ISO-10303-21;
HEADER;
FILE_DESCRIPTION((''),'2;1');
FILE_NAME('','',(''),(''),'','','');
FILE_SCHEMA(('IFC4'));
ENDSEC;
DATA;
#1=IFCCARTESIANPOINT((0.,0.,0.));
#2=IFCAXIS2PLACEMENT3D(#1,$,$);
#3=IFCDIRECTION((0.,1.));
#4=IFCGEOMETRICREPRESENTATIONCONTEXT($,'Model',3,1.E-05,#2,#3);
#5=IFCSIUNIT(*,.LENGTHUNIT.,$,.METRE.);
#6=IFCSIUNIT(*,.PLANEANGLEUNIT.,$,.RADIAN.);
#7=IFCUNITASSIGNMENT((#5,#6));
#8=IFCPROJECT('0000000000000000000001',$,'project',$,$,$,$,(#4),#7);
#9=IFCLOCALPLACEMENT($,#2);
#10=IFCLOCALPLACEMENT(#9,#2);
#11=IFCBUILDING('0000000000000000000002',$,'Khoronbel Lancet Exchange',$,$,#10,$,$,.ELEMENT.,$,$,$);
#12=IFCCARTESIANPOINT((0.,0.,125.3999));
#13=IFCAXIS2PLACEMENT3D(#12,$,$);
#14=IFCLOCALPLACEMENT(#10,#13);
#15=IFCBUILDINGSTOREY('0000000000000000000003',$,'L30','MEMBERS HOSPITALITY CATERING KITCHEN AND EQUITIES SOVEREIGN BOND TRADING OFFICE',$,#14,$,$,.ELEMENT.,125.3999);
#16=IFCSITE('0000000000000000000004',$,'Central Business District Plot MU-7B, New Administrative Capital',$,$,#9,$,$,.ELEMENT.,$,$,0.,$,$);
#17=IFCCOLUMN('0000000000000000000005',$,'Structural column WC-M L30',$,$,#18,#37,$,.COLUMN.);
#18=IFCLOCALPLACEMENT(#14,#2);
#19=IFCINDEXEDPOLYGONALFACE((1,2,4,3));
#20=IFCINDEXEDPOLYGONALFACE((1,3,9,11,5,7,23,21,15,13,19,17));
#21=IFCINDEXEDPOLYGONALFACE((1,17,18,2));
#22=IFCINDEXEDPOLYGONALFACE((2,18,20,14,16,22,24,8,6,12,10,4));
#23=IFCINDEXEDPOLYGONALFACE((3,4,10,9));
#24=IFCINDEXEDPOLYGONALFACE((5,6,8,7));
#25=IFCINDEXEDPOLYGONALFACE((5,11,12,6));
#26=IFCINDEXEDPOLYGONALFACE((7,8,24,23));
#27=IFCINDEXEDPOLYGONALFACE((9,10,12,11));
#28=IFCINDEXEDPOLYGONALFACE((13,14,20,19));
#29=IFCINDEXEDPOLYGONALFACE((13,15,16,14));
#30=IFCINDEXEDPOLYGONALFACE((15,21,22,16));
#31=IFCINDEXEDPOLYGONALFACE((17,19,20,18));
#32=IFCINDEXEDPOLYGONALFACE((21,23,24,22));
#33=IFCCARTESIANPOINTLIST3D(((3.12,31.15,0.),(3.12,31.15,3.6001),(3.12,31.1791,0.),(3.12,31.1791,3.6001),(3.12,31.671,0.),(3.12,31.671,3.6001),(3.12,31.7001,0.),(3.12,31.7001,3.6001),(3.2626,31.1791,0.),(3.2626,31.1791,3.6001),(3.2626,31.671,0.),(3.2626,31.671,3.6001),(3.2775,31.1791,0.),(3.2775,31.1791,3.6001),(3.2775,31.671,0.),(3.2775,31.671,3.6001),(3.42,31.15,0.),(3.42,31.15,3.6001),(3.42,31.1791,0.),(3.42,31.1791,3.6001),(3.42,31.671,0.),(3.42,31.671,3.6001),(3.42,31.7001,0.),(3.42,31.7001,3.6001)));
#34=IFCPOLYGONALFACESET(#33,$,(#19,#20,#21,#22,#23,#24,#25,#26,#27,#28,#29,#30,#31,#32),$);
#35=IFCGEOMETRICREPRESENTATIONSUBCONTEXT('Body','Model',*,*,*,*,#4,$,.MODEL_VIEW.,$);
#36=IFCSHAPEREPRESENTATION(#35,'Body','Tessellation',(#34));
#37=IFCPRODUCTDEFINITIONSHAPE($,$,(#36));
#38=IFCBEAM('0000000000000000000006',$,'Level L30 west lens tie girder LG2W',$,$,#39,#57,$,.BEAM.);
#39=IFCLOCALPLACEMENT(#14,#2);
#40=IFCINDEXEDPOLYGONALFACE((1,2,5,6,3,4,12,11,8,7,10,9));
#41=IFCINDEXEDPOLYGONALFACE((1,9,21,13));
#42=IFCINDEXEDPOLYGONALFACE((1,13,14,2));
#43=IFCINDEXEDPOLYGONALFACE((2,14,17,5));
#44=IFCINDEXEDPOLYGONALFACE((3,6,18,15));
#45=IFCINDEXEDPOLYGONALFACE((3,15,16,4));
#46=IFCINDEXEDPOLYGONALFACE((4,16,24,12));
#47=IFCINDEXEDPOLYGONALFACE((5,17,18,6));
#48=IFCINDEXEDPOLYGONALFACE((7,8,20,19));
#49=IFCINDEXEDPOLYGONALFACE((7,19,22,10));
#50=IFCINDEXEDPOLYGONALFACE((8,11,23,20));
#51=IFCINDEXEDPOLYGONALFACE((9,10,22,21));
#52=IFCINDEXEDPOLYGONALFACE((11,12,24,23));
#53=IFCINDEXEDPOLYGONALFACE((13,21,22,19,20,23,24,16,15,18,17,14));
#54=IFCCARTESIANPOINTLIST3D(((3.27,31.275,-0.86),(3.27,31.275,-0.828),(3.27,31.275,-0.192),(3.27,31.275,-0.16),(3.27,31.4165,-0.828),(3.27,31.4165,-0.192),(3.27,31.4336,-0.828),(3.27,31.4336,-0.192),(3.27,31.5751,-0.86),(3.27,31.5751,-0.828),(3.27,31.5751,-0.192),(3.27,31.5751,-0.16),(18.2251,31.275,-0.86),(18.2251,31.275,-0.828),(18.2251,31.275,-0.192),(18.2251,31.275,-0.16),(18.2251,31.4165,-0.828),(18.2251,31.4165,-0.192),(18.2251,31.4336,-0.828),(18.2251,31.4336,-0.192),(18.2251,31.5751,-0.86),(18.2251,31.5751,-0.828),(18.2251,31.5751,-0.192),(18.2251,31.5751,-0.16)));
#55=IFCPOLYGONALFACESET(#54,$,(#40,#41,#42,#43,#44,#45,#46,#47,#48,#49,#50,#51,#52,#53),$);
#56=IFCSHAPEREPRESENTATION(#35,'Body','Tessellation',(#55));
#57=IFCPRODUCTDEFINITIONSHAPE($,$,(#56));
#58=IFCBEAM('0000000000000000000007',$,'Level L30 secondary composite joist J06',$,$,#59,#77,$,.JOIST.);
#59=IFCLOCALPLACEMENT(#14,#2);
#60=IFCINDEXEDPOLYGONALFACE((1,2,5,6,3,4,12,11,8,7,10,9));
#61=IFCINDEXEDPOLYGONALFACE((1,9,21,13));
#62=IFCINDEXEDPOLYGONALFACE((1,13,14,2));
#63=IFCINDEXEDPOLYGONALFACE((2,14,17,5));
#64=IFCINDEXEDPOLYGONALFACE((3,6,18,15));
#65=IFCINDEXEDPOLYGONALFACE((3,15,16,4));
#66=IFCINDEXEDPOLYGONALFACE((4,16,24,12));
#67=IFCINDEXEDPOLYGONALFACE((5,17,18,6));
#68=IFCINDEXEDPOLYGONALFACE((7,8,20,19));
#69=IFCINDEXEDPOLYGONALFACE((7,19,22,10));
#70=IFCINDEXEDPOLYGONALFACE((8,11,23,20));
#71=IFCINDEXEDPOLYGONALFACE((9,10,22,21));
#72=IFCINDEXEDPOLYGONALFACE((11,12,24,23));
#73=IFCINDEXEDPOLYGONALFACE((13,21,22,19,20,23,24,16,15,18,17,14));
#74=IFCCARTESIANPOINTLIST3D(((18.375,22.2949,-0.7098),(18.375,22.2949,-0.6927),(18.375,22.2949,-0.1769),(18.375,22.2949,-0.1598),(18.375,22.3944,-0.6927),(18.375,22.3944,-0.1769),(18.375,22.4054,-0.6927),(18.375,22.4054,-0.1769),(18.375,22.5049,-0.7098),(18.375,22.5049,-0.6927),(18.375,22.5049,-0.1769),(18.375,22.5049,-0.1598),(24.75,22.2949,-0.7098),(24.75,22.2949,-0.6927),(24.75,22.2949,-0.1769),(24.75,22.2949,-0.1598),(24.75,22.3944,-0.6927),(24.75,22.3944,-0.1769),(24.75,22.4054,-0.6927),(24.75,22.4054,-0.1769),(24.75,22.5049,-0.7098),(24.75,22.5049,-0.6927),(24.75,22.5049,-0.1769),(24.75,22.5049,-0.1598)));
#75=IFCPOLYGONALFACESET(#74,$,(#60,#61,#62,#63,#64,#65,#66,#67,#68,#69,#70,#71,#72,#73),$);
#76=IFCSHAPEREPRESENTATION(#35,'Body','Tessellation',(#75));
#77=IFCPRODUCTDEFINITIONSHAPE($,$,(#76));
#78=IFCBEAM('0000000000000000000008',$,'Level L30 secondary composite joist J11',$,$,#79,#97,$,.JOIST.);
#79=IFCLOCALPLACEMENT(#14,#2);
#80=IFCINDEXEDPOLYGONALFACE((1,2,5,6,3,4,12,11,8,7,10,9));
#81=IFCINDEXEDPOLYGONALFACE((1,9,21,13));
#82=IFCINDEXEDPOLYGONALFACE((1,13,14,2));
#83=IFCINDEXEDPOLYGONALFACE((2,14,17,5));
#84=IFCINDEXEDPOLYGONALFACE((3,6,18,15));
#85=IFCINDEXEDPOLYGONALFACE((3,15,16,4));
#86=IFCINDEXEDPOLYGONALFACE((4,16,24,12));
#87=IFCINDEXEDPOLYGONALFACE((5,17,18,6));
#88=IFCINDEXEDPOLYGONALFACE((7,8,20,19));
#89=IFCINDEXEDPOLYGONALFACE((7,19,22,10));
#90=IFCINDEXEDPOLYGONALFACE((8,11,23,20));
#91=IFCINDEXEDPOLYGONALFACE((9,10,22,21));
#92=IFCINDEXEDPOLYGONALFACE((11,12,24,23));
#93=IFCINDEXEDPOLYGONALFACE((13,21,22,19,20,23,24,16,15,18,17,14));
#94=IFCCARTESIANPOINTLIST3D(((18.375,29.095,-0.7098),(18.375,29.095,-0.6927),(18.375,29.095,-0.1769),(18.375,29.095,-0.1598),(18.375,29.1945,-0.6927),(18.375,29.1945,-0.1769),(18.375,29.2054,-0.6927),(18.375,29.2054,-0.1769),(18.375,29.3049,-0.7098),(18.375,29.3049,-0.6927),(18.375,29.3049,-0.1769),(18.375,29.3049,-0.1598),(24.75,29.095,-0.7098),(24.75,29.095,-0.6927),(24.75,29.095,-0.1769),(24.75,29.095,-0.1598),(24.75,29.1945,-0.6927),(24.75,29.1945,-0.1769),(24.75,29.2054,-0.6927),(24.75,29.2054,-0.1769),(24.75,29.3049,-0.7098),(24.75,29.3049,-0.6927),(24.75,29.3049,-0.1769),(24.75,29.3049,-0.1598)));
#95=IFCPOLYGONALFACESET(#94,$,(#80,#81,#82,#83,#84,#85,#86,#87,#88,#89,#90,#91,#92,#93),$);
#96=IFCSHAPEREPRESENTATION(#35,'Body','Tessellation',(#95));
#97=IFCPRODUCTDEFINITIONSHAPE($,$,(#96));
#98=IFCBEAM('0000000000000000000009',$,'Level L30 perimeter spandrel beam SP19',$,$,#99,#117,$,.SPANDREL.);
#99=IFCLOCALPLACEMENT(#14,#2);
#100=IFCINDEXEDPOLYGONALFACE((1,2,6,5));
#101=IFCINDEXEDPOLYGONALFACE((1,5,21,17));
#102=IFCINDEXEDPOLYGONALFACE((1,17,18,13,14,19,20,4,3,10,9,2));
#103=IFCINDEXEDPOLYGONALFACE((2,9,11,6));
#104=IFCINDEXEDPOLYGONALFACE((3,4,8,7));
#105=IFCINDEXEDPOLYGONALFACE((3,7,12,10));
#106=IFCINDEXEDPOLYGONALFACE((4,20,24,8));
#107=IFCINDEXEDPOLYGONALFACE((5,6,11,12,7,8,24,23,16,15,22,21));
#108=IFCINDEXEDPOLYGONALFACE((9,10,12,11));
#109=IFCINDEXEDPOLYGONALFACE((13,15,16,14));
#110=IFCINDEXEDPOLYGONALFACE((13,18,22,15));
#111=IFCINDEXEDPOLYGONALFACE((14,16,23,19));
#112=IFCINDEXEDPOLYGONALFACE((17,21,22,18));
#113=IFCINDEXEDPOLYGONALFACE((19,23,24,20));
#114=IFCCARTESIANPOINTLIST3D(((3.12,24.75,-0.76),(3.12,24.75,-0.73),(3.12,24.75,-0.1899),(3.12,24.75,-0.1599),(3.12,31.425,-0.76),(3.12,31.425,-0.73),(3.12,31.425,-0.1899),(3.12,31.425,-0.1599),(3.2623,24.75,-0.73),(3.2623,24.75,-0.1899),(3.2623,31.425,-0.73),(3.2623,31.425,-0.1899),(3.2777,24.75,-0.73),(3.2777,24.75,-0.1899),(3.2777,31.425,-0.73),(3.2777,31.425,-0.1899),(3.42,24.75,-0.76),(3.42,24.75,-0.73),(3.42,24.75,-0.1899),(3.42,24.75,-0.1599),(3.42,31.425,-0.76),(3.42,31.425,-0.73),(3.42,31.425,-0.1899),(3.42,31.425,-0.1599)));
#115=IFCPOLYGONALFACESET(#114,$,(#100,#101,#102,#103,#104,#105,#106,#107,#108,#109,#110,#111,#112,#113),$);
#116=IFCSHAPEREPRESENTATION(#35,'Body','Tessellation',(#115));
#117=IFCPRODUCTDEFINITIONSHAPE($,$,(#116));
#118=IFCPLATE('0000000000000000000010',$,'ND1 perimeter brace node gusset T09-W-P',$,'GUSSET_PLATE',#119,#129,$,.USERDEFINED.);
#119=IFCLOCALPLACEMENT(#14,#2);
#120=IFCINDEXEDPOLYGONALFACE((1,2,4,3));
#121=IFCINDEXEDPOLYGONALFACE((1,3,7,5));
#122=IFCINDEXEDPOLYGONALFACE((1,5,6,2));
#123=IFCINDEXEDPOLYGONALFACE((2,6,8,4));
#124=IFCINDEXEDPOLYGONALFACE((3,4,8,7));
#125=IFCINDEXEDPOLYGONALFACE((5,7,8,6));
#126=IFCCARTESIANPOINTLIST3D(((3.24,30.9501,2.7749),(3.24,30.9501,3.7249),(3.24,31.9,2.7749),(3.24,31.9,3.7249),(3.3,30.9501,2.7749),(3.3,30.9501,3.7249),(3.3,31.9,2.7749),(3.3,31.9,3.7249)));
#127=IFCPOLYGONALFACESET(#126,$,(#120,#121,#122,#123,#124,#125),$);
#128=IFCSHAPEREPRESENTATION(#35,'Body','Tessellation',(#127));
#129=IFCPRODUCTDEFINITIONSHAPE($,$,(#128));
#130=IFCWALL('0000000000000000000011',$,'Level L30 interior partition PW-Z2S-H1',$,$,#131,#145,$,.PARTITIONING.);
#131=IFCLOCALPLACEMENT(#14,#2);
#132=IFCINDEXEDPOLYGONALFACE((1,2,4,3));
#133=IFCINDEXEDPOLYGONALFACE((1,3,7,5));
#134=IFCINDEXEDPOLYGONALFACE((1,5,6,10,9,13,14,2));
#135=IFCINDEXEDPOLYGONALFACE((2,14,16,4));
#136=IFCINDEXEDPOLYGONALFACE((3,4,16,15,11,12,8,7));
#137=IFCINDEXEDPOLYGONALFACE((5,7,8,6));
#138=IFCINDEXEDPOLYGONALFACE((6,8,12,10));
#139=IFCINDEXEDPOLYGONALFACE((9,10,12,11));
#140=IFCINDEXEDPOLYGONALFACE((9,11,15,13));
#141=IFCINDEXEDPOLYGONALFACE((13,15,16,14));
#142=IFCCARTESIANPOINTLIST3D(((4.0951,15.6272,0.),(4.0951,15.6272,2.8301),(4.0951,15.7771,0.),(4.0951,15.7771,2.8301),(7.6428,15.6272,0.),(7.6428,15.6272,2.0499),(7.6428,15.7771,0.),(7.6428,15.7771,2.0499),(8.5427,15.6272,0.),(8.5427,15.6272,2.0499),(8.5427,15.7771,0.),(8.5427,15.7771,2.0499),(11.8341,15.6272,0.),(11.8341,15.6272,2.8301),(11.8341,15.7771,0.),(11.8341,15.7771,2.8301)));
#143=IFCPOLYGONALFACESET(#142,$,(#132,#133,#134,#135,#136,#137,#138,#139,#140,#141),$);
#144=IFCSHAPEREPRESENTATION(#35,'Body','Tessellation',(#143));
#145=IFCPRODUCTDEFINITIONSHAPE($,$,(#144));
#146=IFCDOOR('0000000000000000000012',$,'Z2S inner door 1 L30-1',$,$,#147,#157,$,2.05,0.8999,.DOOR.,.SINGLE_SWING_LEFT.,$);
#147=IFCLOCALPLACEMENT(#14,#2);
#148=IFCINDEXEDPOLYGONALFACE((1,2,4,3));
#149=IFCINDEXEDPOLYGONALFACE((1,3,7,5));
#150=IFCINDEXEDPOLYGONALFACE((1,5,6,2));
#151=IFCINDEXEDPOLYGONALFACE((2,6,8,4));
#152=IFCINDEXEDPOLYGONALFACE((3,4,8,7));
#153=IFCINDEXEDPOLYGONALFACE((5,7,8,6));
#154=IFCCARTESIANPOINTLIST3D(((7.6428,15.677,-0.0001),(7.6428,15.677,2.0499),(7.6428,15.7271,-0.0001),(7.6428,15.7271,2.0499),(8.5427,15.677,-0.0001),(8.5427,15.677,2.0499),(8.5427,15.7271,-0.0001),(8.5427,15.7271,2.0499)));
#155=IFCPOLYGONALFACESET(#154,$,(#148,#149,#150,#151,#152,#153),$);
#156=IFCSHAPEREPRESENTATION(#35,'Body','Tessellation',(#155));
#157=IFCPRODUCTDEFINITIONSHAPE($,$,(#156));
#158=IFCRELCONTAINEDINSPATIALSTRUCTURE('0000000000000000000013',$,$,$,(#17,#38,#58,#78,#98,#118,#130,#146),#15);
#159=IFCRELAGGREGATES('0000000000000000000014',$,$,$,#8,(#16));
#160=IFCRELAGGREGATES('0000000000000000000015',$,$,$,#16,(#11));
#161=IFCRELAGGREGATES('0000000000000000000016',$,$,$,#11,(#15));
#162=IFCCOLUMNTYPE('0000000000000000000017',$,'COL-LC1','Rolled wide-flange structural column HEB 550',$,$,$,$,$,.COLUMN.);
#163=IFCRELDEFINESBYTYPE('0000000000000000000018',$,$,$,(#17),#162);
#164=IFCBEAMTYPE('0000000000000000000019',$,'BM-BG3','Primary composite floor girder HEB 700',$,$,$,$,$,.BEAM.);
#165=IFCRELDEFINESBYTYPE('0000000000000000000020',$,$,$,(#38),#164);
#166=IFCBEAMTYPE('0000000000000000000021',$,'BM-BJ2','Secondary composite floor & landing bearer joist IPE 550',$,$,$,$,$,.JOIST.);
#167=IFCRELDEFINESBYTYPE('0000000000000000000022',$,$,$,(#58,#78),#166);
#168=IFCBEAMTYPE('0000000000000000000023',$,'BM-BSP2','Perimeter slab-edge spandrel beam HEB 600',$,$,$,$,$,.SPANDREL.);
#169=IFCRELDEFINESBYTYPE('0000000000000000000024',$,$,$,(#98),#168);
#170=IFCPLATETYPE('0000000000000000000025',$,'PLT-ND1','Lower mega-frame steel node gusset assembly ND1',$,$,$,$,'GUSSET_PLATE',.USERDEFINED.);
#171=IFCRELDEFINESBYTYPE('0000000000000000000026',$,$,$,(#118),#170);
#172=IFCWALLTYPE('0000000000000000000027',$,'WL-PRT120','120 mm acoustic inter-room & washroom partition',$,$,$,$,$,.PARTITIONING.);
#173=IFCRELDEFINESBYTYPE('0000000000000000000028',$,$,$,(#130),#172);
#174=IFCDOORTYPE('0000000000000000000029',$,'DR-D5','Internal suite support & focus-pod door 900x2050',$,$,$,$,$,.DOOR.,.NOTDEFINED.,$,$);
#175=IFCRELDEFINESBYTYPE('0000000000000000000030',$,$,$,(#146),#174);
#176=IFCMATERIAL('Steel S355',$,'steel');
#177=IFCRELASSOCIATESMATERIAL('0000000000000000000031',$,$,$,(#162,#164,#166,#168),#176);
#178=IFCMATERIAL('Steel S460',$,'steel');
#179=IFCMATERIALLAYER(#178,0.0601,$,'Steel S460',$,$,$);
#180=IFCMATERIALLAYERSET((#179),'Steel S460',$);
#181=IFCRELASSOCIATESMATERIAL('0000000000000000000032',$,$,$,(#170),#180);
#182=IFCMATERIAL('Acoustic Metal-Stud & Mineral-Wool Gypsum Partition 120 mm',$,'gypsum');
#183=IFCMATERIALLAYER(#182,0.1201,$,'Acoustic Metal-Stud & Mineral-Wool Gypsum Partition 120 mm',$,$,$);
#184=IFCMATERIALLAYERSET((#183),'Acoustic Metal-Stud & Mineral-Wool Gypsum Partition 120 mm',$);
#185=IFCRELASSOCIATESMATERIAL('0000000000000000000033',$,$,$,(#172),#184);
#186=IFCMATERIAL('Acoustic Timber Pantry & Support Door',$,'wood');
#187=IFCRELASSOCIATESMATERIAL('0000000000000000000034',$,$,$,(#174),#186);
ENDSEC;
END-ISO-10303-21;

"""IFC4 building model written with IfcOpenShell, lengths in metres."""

from ifc_helpers import new_model, si_unit, direction, frame, frame_2d, origin, origin_2d, place, context, subcontext, project, spatial, rectangle, i_section, extrude, material, layer, layer_set, material_profile, profile_set, type_object, element, fill, save


model = new_model("IFC4")

# Units and contexts
model_context = context("Model", 3, precision=1e-05, world=origin(), true_north=direction((0.0, 1.0)))
body_context = subcontext(model_context, "Body", "Model", "MODEL_VIEW")
ifc_project = project(units=[si_unit("LENGTHUNIT", "METRE"), si_unit("PLANEANGLEUNIT", "RADIAN")], contexts=[model_context])

# Site, building, storey
site_placement = place(None, origin())
site = spatial("IfcSite", under=ifc_project, at=site_placement, Name="Central Business District Plot MU-7B, New Administrative Capital", CompositionType="ELEMENT", RefElevation=0.0)
building_placement = place(site_placement, origin())
building = spatial("IfcBuilding", under=site, at=building_placement, Name="Khoronbel Lancet Exchange", CompositionType="ELEMENT")
storey_placement = place(building_placement, frame((0.0, 0.0, 125.3999)))
storey = spatial("IfcBuildingStorey", under=building, at=storey_placement, Name="L30", Description="MEMBERS HOSPITALITY CATERING KITCHEN AND EQUITIES SOVEREIGN BOND TRADING OFFICE", CompositionType="ELEMENT", Elevation=125.3999)

# Column
ifc_material_1 = material(Name="Steel S355", Category="steel")
ifc_material_profile_1 = material_profile(ifc_material_1, i_section(OverallWidth=0.3, OverallDepth=0.55, WebThickness=0.0149, FlangeThickness=0.0291, at=origin_2d()), Name="HEB 550")
ifc_profile_set_1 = profile_set([ifc_material_profile_1], Name="Steel S355")
column_type = type_object("IfcColumnType", Name="COL-LC1", Description="Rolled wide-flange structural column HEB 550", PredefinedType="COLUMN", material=ifc_profile_set_1)
column_placement = place(storey_placement, frame((3.27, 31.425, 0.0), z_axis=(0.0, 0.0, 1.0), x_axis=(1.0, 0.0, 0.0)))
element("IfcColumn", 1, at=column_placement, inside=storey, type_object=column_type, Name="Structural column WC-M L30", PredefinedType="COLUMN", context=body_context, shape_type="SweptSolid", body=[
    extrude(i_section(OverallWidth=0.3, OverallDepth=0.55, WebThickness=0.0149, FlangeThickness=0.0291, at=origin_2d()), origin(), (0.0, 0.0, 1.0), 3.6001),
])

# Beams
ifc_material_profile_2 = material_profile(ifc_material_1, i_section(OverallWidth=0.3, OverallDepth=0.7, WebThickness=0.0171, FlangeThickness=0.032, at=origin_2d()), Name="HEB 700")
ifc_profile_set_2 = profile_set([ifc_material_profile_2], Name="Steel S355")
beam_type_1 = type_object("IfcBeamType", Name="BM-BG3", Description="Primary composite floor girder HEB 700", PredefinedType="BEAM", material=ifc_profile_set_2)
beam_1_placement = place(storey_placement, frame((3.27, 31.425, -0.51), z_axis=(1.0, 0.0, 0.0), x_axis=(0.0, 1.0, 0.0)))
element("IfcBeam", 2, at=beam_1_placement, inside=storey, type_object=beam_type_1, Name="Level L30 west lens tie girder LG2W", PredefinedType="BEAM", context=body_context, shape_type="SweptSolid", body=[
    extrude(i_section(OverallWidth=0.3, OverallDepth=0.7, WebThickness=0.0171, FlangeThickness=0.032, at=origin_2d()), origin(), (0.0, 0.0, 1.0), 14.9551),
])
ifc_material_profile_3 = material_profile(ifc_material_1, i_section(OverallWidth=0.21, OverallDepth=0.55, WebThickness=0.011, FlangeThickness=0.0171, at=origin_2d()), Name="IPE 550")
ifc_profile_set_3 = profile_set([ifc_material_profile_3], Name="Steel S355")
beam_type_2 = type_object("IfcBeamType", Name="BM-BJ2", Description="Secondary composite floor & landing bearer joist IPE 550", PredefinedType="JOIST", material=ifc_profile_set_3)
for number, where, z_axis, x_axis, name in (
    (3, (18.375, 22.3999, -0.4348), (1.0, 0.0, 0.0), (0.0, 1.0, 0.0), "Level L30 secondary composite joist J06"),
    (4, (18.375, 29.2, -0.4348), (1.0, 0.0, 0.0), (0.0, 1.0, 0.0), "Level L30 secondary composite joist J11"),
):
    element("IfcBeam", number, at=place(storey_placement, frame(where, z_axis=z_axis, x_axis=x_axis)), inside=storey, type_object=beam_type_2, Name=name, PredefinedType="JOIST", context=body_context, shape_type="SweptSolid", body=[
        extrude(i_section(OverallWidth=0.21, OverallDepth=0.55, WebThickness=0.011, FlangeThickness=0.0171, at=origin_2d()), origin(), (0.0, 0.0, 1.0), 6.375),
    ])
ifc_material_profile_4 = material_profile(ifc_material_1, i_section(OverallWidth=0.3, OverallDepth=0.6001, WebThickness=0.0154, FlangeThickness=0.03, at=origin_2d()), Name="HEB 600")
ifc_profile_set_4 = profile_set([ifc_material_profile_4], Name="Steel S355")
beam_type_3 = type_object("IfcBeamType", Name="BM-BSP2", Description="Perimeter slab-edge spandrel beam HEB 600", PredefinedType="SPANDREL", material=ifc_profile_set_4)
beam_2_placement = place(storey_placement, frame((3.27, 31.425, -0.46), z_axis=(0.0, -1.0, 0.0), x_axis=(1.0, 0.0, 0.0)))
element("IfcBeam", 5, at=beam_2_placement, inside=storey, type_object=beam_type_3, Name="Level L30 perimeter spandrel beam SP19", PredefinedType="SPANDREL", context=body_context, shape_type="SweptSolid", body=[
    extrude(i_section(OverallWidth=0.3, OverallDepth=0.6001, WebThickness=0.0154, FlangeThickness=0.03, at=origin_2d()), origin(), (0.0, 0.0, 1.0), 6.675),
])

# Plate
ifc_material_2 = material(Name="Steel S460", Category="steel")
ifc_layer_1 = layer(ifc_material_2, 0.0601, Name="Steel S460")
ifc_layer_set_1 = layer_set([ifc_layer_1], Name="Steel S460")
plate_type = type_object("IfcPlateType", Name="PLT-ND1", Description="Lower mega-frame steel node gusset assembly ND1", ElementType="GUSSET_PLATE", PredefinedType="USERDEFINED", material=ifc_layer_set_1)
plate_placement = place(storey_placement, frame((3.27, 31.425, 2.7749), z_axis=(0.0, 0.0, 1.0), x_axis=(0.0, 1.0, 0.0)))
element("IfcPlate", 6, at=plate_placement, inside=storey, type_object=plate_type, Name="ND1 perimeter brace node gusset T09-W-P", ObjectType="GUSSET_PLATE", PredefinedType="USERDEFINED", context=body_context, shape_type="SweptSolid", body=[
    extrude(rectangle(XDim=0.95, YDim=0.0601, at=origin_2d()), origin(), (0.0, 0.0, 1.0), 0.95),
])

# Wall, opening, door
ifc_material_3 = material(Name="Acoustic Metal-Stud & Mineral-Wool Gypsum Partition 120 mm", Category="gypsum")
ifc_layer_2 = layer(ifc_material_3, 0.1201, Name="Acoustic Metal-Stud & Mineral-Wool Gypsum Partition 120 mm")
ifc_layer_set_2 = layer_set([ifc_layer_2], Name="Acoustic Metal-Stud & Mineral-Wool Gypsum Partition 120 mm")
wall_type_1 = type_object("IfcWallType", Name="WL-PRT120", Description="120 mm acoustic inter-room & washroom partition", PredefinedType="PARTITIONING", material=ifc_layer_set_2)
wall_1_placement = place(storey_placement, frame((4.095, 15.7021, 0.0), z_axis=(0.0, 0.0, 1.0), x_axis=(1.0, 0.0, 0.0)))
wall_1 = element("IfcWall", 7, at=wall_1_placement, inside=storey, type_object=wall_type_1, Name="Level L30 interior partition PW-Z2S-H1", PredefinedType="PARTITIONING", context=body_context, shape_type="SweptSolid", body=[
    extrude(rectangle(XDim=7.739, YDim=0.1499, at=frame_2d((3.8696, 0.0))), origin(), (0.0, 0.0, 1.0), 2.8301),
])
opening_1_placement = place(wall_1_placement, frame((3.5479, 0.0, 0.0)))
opening_1 = element("IfcOpeningElement", 8, at=opening_1_placement, cuts=wall_1, PredefinedType="OPENING", context=body_context, shape_type="SweptSolid", body=[
    extrude(rectangle(XDim=0.8999, YDim=2.05, at=frame_2d((0.45, 1.0249))), frame((0.0, 0.085, 0.0), z_axis=(0.0, -1.0, 0.0), x_axis=(1.0, 0.0, 0.0)), (0.0, 0.0, 1.0), 0.1699),
])
ifc_material_4 = material(Name="Acoustic Timber Pantry & Support Door", Category="wood")
door_type_1 = type_object("IfcDoorType", Name="DR-D5", Description="Internal suite support & focus-pod door 900x2050", OperationType="NOTDEFINED", PredefinedType="DOOR", material=ifc_material_4)
door_1_placement = place(opening_1_placement, origin())
door_1 = element("IfcDoor", 9, at=door_1_placement, inside=storey, type_object=door_type_1, Name="Z2S inner door 1 L30-1", OperationType="SINGLE_SWING_LEFT", OverallHeight=2.05, OverallWidth=0.8999, PredefinedType="DOOR", context=body_context, shape_type="SweptSolid", body=[
    extrude(rectangle(XDim=0.8999, YDim=2.05, at=frame_2d((0.45, 1.0249))), frame((0.0, 0.0249, 0.0), z_axis=(0.0, -1.0, 0.0), x_axis=(1.0, 0.0, 0.0)), (0.0, 0.0, 1.0), 0.05),
])
fill(opening_1, door_1)

save(model, "model.ifc")
